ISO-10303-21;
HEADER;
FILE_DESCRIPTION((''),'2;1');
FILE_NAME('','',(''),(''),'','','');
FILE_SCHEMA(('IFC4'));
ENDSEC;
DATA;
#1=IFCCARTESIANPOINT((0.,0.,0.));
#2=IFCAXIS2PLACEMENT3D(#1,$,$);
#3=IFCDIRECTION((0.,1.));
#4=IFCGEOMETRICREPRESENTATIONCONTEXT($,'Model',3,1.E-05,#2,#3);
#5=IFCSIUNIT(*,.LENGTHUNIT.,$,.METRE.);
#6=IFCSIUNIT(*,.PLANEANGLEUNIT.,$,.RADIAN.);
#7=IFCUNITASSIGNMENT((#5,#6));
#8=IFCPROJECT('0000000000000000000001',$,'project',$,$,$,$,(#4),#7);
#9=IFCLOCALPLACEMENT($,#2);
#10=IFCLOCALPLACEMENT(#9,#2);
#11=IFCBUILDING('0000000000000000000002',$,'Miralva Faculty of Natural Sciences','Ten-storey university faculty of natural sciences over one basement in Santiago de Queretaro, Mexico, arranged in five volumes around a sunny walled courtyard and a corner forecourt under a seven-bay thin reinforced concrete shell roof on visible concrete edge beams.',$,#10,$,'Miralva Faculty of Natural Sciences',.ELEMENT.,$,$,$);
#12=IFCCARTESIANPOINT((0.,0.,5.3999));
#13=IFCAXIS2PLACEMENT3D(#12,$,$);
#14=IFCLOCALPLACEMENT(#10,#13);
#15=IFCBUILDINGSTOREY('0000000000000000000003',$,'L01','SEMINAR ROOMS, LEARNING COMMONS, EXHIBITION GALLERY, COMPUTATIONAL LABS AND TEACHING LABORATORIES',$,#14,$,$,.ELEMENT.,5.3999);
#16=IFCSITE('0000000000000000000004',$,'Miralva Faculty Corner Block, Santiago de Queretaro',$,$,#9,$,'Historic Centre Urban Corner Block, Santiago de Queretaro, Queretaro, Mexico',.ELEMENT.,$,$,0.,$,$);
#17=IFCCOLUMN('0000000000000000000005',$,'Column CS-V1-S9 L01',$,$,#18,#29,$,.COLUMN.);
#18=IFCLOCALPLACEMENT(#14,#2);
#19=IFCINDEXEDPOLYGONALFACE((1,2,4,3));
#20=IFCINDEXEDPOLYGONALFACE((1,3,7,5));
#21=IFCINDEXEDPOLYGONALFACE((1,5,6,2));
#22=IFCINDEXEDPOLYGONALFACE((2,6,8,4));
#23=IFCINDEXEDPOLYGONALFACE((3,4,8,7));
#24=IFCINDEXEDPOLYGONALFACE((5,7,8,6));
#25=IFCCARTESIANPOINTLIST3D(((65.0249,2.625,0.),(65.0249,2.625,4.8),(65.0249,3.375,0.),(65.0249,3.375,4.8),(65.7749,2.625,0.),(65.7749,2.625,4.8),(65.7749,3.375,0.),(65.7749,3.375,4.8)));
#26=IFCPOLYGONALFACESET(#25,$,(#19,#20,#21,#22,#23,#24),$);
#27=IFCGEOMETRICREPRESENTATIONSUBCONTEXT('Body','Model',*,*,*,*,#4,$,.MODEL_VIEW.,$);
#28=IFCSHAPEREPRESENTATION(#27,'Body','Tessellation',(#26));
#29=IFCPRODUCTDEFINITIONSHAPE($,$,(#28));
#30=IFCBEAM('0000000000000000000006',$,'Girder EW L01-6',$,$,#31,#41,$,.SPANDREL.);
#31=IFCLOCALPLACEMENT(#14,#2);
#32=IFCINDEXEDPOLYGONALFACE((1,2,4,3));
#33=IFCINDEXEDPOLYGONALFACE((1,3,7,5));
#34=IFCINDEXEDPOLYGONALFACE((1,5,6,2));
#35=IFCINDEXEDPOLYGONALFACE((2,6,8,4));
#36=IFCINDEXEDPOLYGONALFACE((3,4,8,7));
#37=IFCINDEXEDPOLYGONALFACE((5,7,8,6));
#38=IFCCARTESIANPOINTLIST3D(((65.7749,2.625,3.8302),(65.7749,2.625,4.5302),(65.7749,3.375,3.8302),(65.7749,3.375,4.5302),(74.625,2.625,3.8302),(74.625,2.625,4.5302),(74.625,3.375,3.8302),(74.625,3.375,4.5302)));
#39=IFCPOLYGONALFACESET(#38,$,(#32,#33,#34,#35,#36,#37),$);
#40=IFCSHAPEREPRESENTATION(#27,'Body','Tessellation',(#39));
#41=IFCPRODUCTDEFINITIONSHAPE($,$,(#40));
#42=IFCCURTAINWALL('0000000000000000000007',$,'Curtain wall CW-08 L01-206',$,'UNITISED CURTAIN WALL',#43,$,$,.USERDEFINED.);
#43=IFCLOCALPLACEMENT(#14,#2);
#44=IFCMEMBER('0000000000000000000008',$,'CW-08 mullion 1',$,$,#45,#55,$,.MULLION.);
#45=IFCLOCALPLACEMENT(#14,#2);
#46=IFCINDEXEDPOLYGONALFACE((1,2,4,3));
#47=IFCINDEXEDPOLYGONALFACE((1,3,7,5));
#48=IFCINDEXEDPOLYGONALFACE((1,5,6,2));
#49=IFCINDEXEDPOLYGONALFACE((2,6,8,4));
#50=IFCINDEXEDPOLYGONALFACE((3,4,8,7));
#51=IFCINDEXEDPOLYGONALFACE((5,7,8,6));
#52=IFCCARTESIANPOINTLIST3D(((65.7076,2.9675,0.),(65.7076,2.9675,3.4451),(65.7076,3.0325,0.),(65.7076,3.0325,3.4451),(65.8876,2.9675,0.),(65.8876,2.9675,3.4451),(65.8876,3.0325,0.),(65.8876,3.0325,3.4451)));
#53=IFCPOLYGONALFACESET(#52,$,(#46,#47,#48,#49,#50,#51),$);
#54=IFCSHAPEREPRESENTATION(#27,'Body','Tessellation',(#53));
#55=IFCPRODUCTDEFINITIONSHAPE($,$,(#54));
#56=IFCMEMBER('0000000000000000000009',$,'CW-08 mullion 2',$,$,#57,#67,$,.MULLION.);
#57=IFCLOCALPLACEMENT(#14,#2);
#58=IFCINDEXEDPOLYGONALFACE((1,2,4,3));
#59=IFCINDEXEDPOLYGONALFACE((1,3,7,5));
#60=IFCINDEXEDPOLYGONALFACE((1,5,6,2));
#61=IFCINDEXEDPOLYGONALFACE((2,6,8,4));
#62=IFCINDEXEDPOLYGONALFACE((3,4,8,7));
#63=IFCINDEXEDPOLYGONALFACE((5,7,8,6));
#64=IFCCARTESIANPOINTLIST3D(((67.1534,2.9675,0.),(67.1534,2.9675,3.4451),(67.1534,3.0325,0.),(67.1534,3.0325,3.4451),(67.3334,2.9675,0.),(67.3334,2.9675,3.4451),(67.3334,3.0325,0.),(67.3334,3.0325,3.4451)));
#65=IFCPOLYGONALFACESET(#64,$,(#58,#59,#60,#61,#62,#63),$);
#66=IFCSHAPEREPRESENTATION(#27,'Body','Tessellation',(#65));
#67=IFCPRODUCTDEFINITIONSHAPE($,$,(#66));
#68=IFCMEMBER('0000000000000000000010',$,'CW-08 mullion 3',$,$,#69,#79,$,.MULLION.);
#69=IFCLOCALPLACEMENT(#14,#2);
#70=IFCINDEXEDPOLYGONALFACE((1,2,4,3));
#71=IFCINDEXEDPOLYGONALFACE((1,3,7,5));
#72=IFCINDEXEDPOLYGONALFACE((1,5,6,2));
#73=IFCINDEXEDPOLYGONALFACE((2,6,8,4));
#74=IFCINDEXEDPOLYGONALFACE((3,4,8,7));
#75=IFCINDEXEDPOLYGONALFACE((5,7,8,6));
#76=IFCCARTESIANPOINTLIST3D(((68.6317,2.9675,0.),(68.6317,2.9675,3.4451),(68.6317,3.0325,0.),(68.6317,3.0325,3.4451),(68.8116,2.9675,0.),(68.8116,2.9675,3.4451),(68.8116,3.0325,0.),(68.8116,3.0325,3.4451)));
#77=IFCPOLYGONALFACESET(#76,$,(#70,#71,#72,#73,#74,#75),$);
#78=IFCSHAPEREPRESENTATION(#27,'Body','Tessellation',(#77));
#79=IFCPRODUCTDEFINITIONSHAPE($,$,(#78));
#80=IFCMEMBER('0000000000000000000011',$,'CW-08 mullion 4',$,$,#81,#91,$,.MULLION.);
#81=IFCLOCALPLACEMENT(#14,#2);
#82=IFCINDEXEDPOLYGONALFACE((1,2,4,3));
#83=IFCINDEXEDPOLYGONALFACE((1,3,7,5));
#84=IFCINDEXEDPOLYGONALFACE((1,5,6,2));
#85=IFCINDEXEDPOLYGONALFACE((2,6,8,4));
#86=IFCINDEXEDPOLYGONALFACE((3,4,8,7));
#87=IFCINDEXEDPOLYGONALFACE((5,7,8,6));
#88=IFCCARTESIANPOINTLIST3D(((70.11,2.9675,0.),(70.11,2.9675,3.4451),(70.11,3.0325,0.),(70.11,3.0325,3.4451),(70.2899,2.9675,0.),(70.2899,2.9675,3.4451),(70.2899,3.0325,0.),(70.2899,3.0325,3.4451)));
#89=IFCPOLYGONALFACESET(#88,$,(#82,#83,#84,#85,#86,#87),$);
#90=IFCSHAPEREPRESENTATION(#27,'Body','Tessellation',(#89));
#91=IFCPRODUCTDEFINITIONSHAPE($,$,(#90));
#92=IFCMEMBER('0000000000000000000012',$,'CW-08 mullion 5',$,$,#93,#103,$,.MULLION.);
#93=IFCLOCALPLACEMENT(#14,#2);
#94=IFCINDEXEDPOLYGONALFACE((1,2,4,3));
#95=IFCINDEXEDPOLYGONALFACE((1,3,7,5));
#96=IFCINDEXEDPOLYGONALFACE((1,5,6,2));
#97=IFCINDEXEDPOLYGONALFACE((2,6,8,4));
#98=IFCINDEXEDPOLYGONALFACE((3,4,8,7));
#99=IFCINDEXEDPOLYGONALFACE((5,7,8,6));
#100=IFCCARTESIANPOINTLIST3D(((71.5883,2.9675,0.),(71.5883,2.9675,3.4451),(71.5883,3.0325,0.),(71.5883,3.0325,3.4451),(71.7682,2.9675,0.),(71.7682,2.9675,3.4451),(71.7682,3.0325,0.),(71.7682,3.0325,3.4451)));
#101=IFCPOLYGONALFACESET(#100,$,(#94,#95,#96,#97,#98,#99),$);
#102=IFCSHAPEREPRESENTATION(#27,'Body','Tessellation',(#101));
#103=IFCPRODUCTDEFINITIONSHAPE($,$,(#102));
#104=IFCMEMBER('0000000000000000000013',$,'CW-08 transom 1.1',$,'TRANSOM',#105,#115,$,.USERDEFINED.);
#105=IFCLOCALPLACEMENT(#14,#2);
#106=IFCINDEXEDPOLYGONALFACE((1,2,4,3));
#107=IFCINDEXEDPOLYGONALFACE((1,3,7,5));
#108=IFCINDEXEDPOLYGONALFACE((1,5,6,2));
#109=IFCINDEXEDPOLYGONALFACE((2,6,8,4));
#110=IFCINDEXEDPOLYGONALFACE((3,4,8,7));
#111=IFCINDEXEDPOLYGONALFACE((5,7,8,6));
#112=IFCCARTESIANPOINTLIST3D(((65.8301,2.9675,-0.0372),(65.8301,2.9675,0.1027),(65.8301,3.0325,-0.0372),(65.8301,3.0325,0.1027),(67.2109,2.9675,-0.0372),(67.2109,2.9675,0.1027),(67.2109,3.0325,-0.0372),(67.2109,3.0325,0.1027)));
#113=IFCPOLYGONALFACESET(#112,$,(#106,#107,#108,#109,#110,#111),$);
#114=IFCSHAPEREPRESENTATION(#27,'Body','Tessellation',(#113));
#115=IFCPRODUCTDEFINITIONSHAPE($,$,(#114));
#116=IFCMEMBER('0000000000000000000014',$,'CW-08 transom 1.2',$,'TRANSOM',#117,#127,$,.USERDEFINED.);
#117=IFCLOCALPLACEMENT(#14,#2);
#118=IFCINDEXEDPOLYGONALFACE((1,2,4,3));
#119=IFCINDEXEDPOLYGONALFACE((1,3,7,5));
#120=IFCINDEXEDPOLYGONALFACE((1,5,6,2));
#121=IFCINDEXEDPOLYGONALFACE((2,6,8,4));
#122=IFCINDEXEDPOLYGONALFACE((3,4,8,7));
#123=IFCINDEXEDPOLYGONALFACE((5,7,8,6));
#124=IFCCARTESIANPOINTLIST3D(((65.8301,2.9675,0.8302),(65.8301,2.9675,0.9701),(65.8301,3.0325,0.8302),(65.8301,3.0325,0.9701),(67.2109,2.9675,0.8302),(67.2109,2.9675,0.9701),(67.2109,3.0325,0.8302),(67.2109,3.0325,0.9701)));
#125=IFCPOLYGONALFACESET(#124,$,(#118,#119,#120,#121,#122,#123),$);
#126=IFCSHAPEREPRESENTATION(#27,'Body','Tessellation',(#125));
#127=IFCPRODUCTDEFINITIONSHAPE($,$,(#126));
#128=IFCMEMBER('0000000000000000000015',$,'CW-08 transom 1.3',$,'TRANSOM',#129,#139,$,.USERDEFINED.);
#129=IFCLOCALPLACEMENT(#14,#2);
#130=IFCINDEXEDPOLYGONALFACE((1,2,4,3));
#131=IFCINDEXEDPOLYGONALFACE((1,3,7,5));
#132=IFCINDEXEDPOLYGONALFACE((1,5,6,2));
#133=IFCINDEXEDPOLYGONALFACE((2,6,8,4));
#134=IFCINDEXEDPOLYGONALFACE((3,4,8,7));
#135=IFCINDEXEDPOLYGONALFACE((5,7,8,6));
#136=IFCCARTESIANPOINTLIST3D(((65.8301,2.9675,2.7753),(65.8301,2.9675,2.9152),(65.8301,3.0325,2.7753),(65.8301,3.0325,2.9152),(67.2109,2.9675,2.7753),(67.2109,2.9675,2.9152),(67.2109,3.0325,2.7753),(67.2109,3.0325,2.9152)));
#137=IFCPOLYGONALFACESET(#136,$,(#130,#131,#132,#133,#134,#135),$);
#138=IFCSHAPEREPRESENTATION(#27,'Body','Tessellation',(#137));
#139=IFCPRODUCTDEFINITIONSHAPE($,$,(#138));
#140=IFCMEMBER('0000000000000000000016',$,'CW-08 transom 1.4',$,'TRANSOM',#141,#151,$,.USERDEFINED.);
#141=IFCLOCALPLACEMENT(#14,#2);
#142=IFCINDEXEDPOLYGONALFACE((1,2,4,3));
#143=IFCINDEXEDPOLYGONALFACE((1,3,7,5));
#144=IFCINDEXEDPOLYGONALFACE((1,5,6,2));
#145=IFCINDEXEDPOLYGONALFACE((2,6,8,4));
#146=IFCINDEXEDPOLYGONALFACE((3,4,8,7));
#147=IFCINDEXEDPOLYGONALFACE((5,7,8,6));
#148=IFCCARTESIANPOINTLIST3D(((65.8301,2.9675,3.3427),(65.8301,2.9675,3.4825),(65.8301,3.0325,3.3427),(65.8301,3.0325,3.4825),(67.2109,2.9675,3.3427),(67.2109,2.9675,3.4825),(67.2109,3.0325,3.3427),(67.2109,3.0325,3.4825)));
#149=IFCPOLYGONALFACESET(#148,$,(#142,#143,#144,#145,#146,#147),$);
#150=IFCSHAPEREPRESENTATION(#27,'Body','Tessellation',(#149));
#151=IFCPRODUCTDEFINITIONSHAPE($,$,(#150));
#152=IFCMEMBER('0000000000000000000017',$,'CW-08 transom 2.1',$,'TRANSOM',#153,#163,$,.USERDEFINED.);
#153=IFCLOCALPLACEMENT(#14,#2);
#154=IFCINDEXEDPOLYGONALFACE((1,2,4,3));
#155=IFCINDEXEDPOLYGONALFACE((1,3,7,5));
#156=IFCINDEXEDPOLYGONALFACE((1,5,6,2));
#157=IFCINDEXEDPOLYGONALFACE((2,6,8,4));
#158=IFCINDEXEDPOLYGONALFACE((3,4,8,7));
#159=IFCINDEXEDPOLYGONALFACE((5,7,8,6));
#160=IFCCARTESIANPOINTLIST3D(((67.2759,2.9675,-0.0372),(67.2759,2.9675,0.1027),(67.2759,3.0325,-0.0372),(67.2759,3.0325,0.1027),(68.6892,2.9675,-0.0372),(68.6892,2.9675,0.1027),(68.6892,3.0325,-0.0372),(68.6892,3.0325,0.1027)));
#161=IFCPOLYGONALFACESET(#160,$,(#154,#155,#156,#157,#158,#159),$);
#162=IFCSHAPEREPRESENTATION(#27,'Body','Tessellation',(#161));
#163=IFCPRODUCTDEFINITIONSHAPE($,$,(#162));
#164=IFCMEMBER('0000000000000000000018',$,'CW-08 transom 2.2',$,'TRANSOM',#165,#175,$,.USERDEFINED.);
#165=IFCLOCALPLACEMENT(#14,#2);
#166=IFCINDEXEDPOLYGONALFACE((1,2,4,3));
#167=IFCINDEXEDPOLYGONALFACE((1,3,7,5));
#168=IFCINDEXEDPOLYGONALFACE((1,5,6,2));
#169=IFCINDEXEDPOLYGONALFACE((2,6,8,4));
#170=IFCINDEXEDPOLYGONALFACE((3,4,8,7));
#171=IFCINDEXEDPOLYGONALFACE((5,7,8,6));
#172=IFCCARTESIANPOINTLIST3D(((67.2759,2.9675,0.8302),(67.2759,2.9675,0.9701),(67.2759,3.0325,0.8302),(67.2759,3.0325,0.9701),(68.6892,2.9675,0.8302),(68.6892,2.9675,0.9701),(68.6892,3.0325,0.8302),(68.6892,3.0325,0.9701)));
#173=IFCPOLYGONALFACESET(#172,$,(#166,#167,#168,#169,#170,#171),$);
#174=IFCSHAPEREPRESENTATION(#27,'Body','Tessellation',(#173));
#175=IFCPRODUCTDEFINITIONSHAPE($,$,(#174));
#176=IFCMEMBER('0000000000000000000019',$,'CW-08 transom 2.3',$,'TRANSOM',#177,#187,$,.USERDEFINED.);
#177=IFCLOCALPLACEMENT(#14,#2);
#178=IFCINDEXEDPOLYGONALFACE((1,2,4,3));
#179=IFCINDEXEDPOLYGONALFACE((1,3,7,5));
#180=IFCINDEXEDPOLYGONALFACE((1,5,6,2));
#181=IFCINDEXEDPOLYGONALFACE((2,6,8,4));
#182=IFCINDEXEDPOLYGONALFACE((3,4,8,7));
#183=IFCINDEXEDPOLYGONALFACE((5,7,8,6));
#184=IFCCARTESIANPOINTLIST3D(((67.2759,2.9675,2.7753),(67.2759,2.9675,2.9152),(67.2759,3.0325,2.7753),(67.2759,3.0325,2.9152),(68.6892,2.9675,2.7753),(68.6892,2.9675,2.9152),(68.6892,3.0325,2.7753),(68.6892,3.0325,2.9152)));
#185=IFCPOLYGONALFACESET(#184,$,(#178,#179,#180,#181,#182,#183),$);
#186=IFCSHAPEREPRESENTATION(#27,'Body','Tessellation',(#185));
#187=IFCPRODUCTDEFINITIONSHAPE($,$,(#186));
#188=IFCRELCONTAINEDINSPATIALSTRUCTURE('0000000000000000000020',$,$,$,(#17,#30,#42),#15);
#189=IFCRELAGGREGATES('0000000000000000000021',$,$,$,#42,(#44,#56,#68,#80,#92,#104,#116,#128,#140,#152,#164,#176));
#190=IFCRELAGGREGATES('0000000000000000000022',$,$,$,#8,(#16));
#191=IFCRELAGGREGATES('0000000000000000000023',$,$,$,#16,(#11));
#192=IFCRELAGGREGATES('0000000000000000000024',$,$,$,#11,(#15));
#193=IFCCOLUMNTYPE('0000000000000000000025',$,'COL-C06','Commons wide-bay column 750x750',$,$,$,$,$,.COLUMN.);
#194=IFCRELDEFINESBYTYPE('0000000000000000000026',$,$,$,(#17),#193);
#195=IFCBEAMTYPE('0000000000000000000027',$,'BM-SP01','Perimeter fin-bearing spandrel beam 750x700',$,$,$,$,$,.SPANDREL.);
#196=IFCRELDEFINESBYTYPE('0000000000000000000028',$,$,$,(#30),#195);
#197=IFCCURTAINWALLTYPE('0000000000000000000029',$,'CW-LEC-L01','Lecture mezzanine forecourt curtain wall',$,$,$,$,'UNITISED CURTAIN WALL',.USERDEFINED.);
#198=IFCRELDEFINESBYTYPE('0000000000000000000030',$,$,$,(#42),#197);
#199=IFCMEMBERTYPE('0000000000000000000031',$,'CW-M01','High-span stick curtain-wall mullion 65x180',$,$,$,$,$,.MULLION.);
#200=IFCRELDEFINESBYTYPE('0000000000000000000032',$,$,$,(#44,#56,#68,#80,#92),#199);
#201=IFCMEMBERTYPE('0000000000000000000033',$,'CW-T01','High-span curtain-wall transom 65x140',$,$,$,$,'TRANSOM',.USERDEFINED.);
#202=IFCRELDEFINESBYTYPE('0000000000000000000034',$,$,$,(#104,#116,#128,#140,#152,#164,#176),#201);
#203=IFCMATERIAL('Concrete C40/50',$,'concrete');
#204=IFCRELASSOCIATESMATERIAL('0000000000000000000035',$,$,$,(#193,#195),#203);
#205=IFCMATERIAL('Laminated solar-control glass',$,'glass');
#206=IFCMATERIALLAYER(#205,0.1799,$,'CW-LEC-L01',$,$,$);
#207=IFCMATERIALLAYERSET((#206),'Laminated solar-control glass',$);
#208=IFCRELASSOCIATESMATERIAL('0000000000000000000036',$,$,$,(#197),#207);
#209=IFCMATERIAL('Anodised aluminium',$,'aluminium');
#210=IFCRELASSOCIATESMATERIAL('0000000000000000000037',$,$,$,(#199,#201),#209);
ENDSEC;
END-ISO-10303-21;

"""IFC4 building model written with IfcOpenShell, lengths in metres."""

from ifc_helpers import new_model, si_unit, direction, frame, origin, origin_2d, place, context, subcontext, project, spatial, rectangle, extrude, material, layer, layer_set, material_profile, profile_set, type_object, element, aggregate, save


model = new_model("IFC4")

# Units and contexts
model_context = context("Model", 3, precision=1e-05, world=origin(), true_north=direction((0.0, 1.0)))
body_context = subcontext(model_context, "Body", "Model", "MODEL_VIEW")
ifc_project = project(units=[si_unit("LENGTHUNIT", "METRE"), si_unit("PLANEANGLEUNIT", "RADIAN")], contexts=[model_context])

# Site, building, storey
site_placement = place(None, origin())
site = spatial("IfcSite", under=ifc_project, at=site_placement, Name="Miralva Faculty Corner Block, Santiago de Queretaro", LongName="Historic Centre Urban Corner Block, Santiago de Queretaro, Queretaro, Mexico", CompositionType="ELEMENT", RefElevation=0.0)
building_placement = place(site_placement, origin())
building = spatial("IfcBuilding", under=site, at=building_placement, Name="Miralva Faculty of Natural Sciences", Description="Ten-storey university faculty of natural sciences over one basement in Santiago de Queretaro, Mexico, arranged in five volumes around a sunny walled courtyard and a corner forecourt under a seven-bay thin reinforced concrete shell roof on visible concrete edge beams.", LongName="Miralva Faculty of Natural Sciences", CompositionType="ELEMENT")
storey_placement = place(building_placement, frame((0.0, 0.0, 5.3999)))
storey = spatial("IfcBuildingStorey", under=building, at=storey_placement, Name="L01", Description="SEMINAR ROOMS, LEARNING COMMONS, EXHIBITION GALLERY, COMPUTATIONAL LABS AND TEACHING LABORATORIES", CompositionType="ELEMENT", Elevation=5.3999)

# Column
ifc_material_1 = material(Name="Concrete C40/50", Category="concrete")
ifc_material_profile_1 = material_profile(ifc_material_1, rectangle(XDim=0.75, YDim=0.75, at=origin_2d()), Name="RC 750x750")
ifc_profile_set_1 = profile_set([ifc_material_profile_1], Name="Concrete C40/50")
column_type = type_object("IfcColumnType", Name="COL-C06", Description="Commons wide-bay column 750x750", PredefinedType="COLUMN", material=ifc_profile_set_1)
column_placement = place(storey_placement, frame((65.3999, 3.0, 0.0), z_axis=(0.0, 0.0, 1.0), x_axis=(1.0, 0.0, 0.0)))
element("IfcColumn", 1, at=column_placement, inside=storey, type_object=column_type, Name="Column CS-V1-S9 L01", PredefinedType="COLUMN", context=body_context, shape_type="SweptSolid", body=[
    extrude(rectangle(XDim=0.75, YDim=0.75, at=origin_2d()), origin(), (0.0, 0.0, 1.0), 4.8),
])

# Beam
ifc_material_profile_2 = material_profile(ifc_material_1, rectangle(XDim=0.75, YDim=0.7, at=origin_2d()), Name="RC 750x700")
ifc_profile_set_2 = profile_set([ifc_material_profile_2], Name="Concrete C40/50")
beam_type = type_object("IfcBeamType", Name="BM-SP01", Description="Perimeter fin-bearing spandrel beam 750x700", PredefinedType="SPANDREL", material=ifc_profile_set_2)
beam_placement = place(storey_placement, frame((65.7749, 3.0, 4.1802), z_axis=(1.0, 0.0, 0.0), x_axis=(0.0, 1.0, 0.0)))
element("IfcBeam", 2, at=beam_placement, inside=storey, type_object=beam_type, Name="Girder EW L01-6", PredefinedType="SPANDREL", context=body_context, shape_type="SweptSolid", body=[
    extrude(rectangle(XDim=0.75, YDim=0.7, at=origin_2d()), origin(), (0.0, 0.0, 1.0), 8.8501),
])

# Curtain wall, members
ifc_material_2 = material(Name="Laminated solar-control glass", Category="glass")
ifc_layer_1 = layer(ifc_material_2, 0.1799, Name="CW-LEC-L01")
ifc_layer_set_1 = layer_set([ifc_layer_1], Name="Laminated solar-control glass")
curtain_wall_type = type_object("IfcCurtainWallType", Name="CW-LEC-L01", Description="Lecture mezzanine forecourt curtain wall", ElementType="UNITISED CURTAIN WALL", PredefinedType="USERDEFINED", material=ifc_layer_set_1)
curtain_wall_placement = place(storey_placement, origin())
curtain_wall = element("IfcCurtainWall", 3, at=curtain_wall_placement, inside=storey, type_object=curtain_wall_type, Name="Curtain wall CW-08 L01-206", ObjectType="UNITISED CURTAIN WALL", PredefinedType="USERDEFINED")
ifc_material_3 = material(Name="Anodised aluminium", Category="aluminium")
ifc_material_profile_3 = material_profile(ifc_material_3, rectangle(XDim=0.0649, YDim=0.1799, at=origin_2d()), Name="MULLION 65x180")
ifc_profile_set_3 = profile_set([ifc_material_profile_3], Name="Anodised aluminium")
member_type_1 = type_object("IfcMemberType", Name="CW-M01", Description="High-span stick curtain-wall mullion 65x180", PredefinedType="MULLION", material=ifc_profile_set_3)
member_1_placement = place(storey_placement, frame((65.7976, 3.0, 0.0), z_axis=(0.0, 0.0, 1.0), x_axis=(0.0, 1.0, 0.0)))
member_1 = element("IfcMember", 4, at=member_1_placement, type_object=member_type_1, Name="CW-08 mullion 1", PredefinedType="MULLION", context=body_context, shape_type="SweptSolid", body=[
    extrude(rectangle(XDim=0.0649, YDim=0.1799, at=origin_2d()), origin(), (0.0, 0.0, 1.0), 3.4451),
])
member_2_placement = place(storey_placement, frame((67.2434, 3.0, 0.0), z_axis=(0.0, 0.0, 1.0), x_axis=(0.0, 1.0, 0.0)))
member_2 = element("IfcMember", 5, at=member_2_placement, type_object=member_type_1, Name="CW-08 mullion 2", PredefinedType="MULLION", context=body_context, shape_type="SweptSolid", body=[
    extrude(rectangle(XDim=0.0649, YDim=0.1799, at=origin_2d()), origin(), (0.0, 0.0, 1.0), 3.4451),
])
member_3_placement = place(storey_placement, frame((68.7217, 3.0, 0.0), z_axis=(0.0, 0.0, 1.0), x_axis=(0.0, 1.0, 0.0)))
member_3 = element("IfcMember", 6, at=member_3_placement, type_object=member_type_1, Name="CW-08 mullion 3", PredefinedType="MULLION", context=body_context, shape_type="SweptSolid", body=[
    extrude(rectangle(XDim=0.0649, YDim=0.1799, at=origin_2d()), origin(), (0.0, 0.0, 1.0), 3.4451),
])
member_4_placement = place(storey_placement, frame((70.2, 3.0, 0.0), z_axis=(0.0, 0.0, 1.0), x_axis=(0.0, 1.0, 0.0)))
member_4 = element("IfcMember", 7, at=member_4_placement, type_object=member_type_1, Name="CW-08 mullion 4", PredefinedType="MULLION", context=body_context, shape_type="SweptSolid", body=[
    extrude(rectangle(XDim=0.0649, YDim=0.1799, at=origin_2d()), origin(), (0.0, 0.0, 1.0), 3.4451),
])
member_5_placement = place(storey_placement, frame((71.6782, 3.0, 0.0), z_axis=(0.0, 0.0, 1.0), x_axis=(0.0, 1.0, 0.0)))
member_5 = element("IfcMember", 8, at=member_5_placement, type_object=member_type_1, Name="CW-08 mullion 5", PredefinedType="MULLION", context=body_context, shape_type="SweptSolid", body=[
    extrude(rectangle(XDim=0.0649, YDim=0.1799, at=origin_2d()), origin(), (0.0, 0.0, 1.0), 3.4451),
])
ifc_material_profile_4 = material_profile(ifc_material_3, rectangle(XDim=0.0649, YDim=0.1399, at=origin_2d()), Name="TRANSOM 65x140")
ifc_profile_set_4 = profile_set([ifc_material_profile_4], Name="Anodised aluminium")
member_type_2 = type_object("IfcMemberType", Name="CW-T01", Description="High-span curtain-wall transom 65x140", ElementType="TRANSOM", PredefinedType="USERDEFINED", material=ifc_profile_set_4)
member_6_placement = place(storey_placement, frame((65.8301, 3.0, 0.0327), z_axis=(1.0, 0.0, 0.0), x_axis=(0.0, 1.0, 0.0)))
member_6 = element("IfcMember", 9, at=member_6_placement, type_object=member_type_2, Name="CW-08 transom 1.1", ObjectType="TRANSOM", PredefinedType="USERDEFINED", context=body_context, shape_type="SweptSolid", body=[
    extrude(rectangle(XDim=0.0649, YDim=0.1399, at=origin_2d()), origin(), (0.0, 0.0, 1.0), 1.3809),
])
member_7_placement = place(storey_placement, frame((65.8301, 3.0, 0.9001), z_axis=(1.0, 0.0, 0.0), x_axis=(0.0, 1.0, 0.0)))
member_7 = element("IfcMember", 10, at=member_7_placement, type_object=member_type_2, Name="CW-08 transom 1.2", ObjectType="TRANSOM", PredefinedType="USERDEFINED", context=body_context, shape_type="SweptSolid", body=[
    extrude(rectangle(XDim=0.0649, YDim=0.1399, at=origin_2d()), origin(), (0.0, 0.0, 1.0), 1.3809),
])
member_8_placement = place(storey_placement, frame((65.8301, 3.0, 2.8452), z_axis=(1.0, 0.0, 0.0), x_axis=(0.0, 1.0, 0.0)))
member_8 = element("IfcMember", 11, at=member_8_placement, type_object=member_type_2, Name="CW-08 transom 1.3", ObjectType="TRANSOM", PredefinedType="USERDEFINED", context=body_context, shape_type="SweptSolid", body=[
    extrude(rectangle(XDim=0.0649, YDim=0.1399, at=origin_2d()), origin(), (0.0, 0.0, 1.0), 1.3809),
])
member_9_placement = place(storey_placement, frame((65.8301, 3.0, 3.4126), z_axis=(1.0, 0.0, 0.0), x_axis=(0.0, 1.0, 0.0)))
member_9 = element("IfcMember", 12, at=member_9_placement, type_object=member_type_2, Name="CW-08 transom 1.4", ObjectType="TRANSOM", PredefinedType="USERDEFINED", context=body_context, shape_type="SweptSolid", body=[
    extrude(rectangle(XDim=0.0649, YDim=0.1399, at=origin_2d()), origin(), (0.0, 0.0, 1.0), 1.3809),
])
member_10_placement = place(storey_placement, frame((67.2759, 3.0, 0.0327), z_axis=(1.0, 0.0, 0.0), x_axis=(0.0, 1.0, 0.0)))
member_10 = element("IfcMember", 13, at=member_10_placement, type_object=member_type_2, Name="CW-08 transom 2.1", ObjectType="TRANSOM", PredefinedType="USERDEFINED", context=body_context, shape_type="SweptSolid", body=[
    extrude(rectangle(XDim=0.0649, YDim=0.1399, at=origin_2d()), origin(), (0.0, 0.0, 1.0), 1.4133),
])
member_11_placement = place(storey_placement, frame((67.2759, 3.0, 0.9001), z_axis=(1.0, 0.0, 0.0), x_axis=(0.0, 1.0, 0.0)))
member_11 = element("IfcMember", 14, at=member_11_placement, type_object=member_type_2, Name="CW-08 transom 2.2", ObjectType="TRANSOM", PredefinedType="USERDEFINED", context=body_context, shape_type="SweptSolid", body=[
    extrude(rectangle(XDim=0.0649, YDim=0.1399, at=origin_2d()), origin(), (0.0, 0.0, 1.0), 1.4133),
])
member_12_placement = place(storey_placement, frame((67.2759, 3.0, 2.8452), z_axis=(1.0, 0.0, 0.0), x_axis=(0.0, 1.0, 0.0)))
member_12 = element("IfcMember", 15, at=member_12_placement, type_object=member_type_2, Name="CW-08 transom 2.3", ObjectType="TRANSOM", PredefinedType="USERDEFINED", context=body_context, shape_type="SweptSolid", body=[
    extrude(rectangle(XDim=0.0649, YDim=0.1399, at=origin_2d()), origin(), (0.0, 0.0, 1.0), 1.4133),
])
aggregate(curtain_wall, [member_1, member_2, member_3, member_4, member_5, member_6, member_7, member_8, member_9, member_10, member_11, member_12])

save(model, "model.ifc")
